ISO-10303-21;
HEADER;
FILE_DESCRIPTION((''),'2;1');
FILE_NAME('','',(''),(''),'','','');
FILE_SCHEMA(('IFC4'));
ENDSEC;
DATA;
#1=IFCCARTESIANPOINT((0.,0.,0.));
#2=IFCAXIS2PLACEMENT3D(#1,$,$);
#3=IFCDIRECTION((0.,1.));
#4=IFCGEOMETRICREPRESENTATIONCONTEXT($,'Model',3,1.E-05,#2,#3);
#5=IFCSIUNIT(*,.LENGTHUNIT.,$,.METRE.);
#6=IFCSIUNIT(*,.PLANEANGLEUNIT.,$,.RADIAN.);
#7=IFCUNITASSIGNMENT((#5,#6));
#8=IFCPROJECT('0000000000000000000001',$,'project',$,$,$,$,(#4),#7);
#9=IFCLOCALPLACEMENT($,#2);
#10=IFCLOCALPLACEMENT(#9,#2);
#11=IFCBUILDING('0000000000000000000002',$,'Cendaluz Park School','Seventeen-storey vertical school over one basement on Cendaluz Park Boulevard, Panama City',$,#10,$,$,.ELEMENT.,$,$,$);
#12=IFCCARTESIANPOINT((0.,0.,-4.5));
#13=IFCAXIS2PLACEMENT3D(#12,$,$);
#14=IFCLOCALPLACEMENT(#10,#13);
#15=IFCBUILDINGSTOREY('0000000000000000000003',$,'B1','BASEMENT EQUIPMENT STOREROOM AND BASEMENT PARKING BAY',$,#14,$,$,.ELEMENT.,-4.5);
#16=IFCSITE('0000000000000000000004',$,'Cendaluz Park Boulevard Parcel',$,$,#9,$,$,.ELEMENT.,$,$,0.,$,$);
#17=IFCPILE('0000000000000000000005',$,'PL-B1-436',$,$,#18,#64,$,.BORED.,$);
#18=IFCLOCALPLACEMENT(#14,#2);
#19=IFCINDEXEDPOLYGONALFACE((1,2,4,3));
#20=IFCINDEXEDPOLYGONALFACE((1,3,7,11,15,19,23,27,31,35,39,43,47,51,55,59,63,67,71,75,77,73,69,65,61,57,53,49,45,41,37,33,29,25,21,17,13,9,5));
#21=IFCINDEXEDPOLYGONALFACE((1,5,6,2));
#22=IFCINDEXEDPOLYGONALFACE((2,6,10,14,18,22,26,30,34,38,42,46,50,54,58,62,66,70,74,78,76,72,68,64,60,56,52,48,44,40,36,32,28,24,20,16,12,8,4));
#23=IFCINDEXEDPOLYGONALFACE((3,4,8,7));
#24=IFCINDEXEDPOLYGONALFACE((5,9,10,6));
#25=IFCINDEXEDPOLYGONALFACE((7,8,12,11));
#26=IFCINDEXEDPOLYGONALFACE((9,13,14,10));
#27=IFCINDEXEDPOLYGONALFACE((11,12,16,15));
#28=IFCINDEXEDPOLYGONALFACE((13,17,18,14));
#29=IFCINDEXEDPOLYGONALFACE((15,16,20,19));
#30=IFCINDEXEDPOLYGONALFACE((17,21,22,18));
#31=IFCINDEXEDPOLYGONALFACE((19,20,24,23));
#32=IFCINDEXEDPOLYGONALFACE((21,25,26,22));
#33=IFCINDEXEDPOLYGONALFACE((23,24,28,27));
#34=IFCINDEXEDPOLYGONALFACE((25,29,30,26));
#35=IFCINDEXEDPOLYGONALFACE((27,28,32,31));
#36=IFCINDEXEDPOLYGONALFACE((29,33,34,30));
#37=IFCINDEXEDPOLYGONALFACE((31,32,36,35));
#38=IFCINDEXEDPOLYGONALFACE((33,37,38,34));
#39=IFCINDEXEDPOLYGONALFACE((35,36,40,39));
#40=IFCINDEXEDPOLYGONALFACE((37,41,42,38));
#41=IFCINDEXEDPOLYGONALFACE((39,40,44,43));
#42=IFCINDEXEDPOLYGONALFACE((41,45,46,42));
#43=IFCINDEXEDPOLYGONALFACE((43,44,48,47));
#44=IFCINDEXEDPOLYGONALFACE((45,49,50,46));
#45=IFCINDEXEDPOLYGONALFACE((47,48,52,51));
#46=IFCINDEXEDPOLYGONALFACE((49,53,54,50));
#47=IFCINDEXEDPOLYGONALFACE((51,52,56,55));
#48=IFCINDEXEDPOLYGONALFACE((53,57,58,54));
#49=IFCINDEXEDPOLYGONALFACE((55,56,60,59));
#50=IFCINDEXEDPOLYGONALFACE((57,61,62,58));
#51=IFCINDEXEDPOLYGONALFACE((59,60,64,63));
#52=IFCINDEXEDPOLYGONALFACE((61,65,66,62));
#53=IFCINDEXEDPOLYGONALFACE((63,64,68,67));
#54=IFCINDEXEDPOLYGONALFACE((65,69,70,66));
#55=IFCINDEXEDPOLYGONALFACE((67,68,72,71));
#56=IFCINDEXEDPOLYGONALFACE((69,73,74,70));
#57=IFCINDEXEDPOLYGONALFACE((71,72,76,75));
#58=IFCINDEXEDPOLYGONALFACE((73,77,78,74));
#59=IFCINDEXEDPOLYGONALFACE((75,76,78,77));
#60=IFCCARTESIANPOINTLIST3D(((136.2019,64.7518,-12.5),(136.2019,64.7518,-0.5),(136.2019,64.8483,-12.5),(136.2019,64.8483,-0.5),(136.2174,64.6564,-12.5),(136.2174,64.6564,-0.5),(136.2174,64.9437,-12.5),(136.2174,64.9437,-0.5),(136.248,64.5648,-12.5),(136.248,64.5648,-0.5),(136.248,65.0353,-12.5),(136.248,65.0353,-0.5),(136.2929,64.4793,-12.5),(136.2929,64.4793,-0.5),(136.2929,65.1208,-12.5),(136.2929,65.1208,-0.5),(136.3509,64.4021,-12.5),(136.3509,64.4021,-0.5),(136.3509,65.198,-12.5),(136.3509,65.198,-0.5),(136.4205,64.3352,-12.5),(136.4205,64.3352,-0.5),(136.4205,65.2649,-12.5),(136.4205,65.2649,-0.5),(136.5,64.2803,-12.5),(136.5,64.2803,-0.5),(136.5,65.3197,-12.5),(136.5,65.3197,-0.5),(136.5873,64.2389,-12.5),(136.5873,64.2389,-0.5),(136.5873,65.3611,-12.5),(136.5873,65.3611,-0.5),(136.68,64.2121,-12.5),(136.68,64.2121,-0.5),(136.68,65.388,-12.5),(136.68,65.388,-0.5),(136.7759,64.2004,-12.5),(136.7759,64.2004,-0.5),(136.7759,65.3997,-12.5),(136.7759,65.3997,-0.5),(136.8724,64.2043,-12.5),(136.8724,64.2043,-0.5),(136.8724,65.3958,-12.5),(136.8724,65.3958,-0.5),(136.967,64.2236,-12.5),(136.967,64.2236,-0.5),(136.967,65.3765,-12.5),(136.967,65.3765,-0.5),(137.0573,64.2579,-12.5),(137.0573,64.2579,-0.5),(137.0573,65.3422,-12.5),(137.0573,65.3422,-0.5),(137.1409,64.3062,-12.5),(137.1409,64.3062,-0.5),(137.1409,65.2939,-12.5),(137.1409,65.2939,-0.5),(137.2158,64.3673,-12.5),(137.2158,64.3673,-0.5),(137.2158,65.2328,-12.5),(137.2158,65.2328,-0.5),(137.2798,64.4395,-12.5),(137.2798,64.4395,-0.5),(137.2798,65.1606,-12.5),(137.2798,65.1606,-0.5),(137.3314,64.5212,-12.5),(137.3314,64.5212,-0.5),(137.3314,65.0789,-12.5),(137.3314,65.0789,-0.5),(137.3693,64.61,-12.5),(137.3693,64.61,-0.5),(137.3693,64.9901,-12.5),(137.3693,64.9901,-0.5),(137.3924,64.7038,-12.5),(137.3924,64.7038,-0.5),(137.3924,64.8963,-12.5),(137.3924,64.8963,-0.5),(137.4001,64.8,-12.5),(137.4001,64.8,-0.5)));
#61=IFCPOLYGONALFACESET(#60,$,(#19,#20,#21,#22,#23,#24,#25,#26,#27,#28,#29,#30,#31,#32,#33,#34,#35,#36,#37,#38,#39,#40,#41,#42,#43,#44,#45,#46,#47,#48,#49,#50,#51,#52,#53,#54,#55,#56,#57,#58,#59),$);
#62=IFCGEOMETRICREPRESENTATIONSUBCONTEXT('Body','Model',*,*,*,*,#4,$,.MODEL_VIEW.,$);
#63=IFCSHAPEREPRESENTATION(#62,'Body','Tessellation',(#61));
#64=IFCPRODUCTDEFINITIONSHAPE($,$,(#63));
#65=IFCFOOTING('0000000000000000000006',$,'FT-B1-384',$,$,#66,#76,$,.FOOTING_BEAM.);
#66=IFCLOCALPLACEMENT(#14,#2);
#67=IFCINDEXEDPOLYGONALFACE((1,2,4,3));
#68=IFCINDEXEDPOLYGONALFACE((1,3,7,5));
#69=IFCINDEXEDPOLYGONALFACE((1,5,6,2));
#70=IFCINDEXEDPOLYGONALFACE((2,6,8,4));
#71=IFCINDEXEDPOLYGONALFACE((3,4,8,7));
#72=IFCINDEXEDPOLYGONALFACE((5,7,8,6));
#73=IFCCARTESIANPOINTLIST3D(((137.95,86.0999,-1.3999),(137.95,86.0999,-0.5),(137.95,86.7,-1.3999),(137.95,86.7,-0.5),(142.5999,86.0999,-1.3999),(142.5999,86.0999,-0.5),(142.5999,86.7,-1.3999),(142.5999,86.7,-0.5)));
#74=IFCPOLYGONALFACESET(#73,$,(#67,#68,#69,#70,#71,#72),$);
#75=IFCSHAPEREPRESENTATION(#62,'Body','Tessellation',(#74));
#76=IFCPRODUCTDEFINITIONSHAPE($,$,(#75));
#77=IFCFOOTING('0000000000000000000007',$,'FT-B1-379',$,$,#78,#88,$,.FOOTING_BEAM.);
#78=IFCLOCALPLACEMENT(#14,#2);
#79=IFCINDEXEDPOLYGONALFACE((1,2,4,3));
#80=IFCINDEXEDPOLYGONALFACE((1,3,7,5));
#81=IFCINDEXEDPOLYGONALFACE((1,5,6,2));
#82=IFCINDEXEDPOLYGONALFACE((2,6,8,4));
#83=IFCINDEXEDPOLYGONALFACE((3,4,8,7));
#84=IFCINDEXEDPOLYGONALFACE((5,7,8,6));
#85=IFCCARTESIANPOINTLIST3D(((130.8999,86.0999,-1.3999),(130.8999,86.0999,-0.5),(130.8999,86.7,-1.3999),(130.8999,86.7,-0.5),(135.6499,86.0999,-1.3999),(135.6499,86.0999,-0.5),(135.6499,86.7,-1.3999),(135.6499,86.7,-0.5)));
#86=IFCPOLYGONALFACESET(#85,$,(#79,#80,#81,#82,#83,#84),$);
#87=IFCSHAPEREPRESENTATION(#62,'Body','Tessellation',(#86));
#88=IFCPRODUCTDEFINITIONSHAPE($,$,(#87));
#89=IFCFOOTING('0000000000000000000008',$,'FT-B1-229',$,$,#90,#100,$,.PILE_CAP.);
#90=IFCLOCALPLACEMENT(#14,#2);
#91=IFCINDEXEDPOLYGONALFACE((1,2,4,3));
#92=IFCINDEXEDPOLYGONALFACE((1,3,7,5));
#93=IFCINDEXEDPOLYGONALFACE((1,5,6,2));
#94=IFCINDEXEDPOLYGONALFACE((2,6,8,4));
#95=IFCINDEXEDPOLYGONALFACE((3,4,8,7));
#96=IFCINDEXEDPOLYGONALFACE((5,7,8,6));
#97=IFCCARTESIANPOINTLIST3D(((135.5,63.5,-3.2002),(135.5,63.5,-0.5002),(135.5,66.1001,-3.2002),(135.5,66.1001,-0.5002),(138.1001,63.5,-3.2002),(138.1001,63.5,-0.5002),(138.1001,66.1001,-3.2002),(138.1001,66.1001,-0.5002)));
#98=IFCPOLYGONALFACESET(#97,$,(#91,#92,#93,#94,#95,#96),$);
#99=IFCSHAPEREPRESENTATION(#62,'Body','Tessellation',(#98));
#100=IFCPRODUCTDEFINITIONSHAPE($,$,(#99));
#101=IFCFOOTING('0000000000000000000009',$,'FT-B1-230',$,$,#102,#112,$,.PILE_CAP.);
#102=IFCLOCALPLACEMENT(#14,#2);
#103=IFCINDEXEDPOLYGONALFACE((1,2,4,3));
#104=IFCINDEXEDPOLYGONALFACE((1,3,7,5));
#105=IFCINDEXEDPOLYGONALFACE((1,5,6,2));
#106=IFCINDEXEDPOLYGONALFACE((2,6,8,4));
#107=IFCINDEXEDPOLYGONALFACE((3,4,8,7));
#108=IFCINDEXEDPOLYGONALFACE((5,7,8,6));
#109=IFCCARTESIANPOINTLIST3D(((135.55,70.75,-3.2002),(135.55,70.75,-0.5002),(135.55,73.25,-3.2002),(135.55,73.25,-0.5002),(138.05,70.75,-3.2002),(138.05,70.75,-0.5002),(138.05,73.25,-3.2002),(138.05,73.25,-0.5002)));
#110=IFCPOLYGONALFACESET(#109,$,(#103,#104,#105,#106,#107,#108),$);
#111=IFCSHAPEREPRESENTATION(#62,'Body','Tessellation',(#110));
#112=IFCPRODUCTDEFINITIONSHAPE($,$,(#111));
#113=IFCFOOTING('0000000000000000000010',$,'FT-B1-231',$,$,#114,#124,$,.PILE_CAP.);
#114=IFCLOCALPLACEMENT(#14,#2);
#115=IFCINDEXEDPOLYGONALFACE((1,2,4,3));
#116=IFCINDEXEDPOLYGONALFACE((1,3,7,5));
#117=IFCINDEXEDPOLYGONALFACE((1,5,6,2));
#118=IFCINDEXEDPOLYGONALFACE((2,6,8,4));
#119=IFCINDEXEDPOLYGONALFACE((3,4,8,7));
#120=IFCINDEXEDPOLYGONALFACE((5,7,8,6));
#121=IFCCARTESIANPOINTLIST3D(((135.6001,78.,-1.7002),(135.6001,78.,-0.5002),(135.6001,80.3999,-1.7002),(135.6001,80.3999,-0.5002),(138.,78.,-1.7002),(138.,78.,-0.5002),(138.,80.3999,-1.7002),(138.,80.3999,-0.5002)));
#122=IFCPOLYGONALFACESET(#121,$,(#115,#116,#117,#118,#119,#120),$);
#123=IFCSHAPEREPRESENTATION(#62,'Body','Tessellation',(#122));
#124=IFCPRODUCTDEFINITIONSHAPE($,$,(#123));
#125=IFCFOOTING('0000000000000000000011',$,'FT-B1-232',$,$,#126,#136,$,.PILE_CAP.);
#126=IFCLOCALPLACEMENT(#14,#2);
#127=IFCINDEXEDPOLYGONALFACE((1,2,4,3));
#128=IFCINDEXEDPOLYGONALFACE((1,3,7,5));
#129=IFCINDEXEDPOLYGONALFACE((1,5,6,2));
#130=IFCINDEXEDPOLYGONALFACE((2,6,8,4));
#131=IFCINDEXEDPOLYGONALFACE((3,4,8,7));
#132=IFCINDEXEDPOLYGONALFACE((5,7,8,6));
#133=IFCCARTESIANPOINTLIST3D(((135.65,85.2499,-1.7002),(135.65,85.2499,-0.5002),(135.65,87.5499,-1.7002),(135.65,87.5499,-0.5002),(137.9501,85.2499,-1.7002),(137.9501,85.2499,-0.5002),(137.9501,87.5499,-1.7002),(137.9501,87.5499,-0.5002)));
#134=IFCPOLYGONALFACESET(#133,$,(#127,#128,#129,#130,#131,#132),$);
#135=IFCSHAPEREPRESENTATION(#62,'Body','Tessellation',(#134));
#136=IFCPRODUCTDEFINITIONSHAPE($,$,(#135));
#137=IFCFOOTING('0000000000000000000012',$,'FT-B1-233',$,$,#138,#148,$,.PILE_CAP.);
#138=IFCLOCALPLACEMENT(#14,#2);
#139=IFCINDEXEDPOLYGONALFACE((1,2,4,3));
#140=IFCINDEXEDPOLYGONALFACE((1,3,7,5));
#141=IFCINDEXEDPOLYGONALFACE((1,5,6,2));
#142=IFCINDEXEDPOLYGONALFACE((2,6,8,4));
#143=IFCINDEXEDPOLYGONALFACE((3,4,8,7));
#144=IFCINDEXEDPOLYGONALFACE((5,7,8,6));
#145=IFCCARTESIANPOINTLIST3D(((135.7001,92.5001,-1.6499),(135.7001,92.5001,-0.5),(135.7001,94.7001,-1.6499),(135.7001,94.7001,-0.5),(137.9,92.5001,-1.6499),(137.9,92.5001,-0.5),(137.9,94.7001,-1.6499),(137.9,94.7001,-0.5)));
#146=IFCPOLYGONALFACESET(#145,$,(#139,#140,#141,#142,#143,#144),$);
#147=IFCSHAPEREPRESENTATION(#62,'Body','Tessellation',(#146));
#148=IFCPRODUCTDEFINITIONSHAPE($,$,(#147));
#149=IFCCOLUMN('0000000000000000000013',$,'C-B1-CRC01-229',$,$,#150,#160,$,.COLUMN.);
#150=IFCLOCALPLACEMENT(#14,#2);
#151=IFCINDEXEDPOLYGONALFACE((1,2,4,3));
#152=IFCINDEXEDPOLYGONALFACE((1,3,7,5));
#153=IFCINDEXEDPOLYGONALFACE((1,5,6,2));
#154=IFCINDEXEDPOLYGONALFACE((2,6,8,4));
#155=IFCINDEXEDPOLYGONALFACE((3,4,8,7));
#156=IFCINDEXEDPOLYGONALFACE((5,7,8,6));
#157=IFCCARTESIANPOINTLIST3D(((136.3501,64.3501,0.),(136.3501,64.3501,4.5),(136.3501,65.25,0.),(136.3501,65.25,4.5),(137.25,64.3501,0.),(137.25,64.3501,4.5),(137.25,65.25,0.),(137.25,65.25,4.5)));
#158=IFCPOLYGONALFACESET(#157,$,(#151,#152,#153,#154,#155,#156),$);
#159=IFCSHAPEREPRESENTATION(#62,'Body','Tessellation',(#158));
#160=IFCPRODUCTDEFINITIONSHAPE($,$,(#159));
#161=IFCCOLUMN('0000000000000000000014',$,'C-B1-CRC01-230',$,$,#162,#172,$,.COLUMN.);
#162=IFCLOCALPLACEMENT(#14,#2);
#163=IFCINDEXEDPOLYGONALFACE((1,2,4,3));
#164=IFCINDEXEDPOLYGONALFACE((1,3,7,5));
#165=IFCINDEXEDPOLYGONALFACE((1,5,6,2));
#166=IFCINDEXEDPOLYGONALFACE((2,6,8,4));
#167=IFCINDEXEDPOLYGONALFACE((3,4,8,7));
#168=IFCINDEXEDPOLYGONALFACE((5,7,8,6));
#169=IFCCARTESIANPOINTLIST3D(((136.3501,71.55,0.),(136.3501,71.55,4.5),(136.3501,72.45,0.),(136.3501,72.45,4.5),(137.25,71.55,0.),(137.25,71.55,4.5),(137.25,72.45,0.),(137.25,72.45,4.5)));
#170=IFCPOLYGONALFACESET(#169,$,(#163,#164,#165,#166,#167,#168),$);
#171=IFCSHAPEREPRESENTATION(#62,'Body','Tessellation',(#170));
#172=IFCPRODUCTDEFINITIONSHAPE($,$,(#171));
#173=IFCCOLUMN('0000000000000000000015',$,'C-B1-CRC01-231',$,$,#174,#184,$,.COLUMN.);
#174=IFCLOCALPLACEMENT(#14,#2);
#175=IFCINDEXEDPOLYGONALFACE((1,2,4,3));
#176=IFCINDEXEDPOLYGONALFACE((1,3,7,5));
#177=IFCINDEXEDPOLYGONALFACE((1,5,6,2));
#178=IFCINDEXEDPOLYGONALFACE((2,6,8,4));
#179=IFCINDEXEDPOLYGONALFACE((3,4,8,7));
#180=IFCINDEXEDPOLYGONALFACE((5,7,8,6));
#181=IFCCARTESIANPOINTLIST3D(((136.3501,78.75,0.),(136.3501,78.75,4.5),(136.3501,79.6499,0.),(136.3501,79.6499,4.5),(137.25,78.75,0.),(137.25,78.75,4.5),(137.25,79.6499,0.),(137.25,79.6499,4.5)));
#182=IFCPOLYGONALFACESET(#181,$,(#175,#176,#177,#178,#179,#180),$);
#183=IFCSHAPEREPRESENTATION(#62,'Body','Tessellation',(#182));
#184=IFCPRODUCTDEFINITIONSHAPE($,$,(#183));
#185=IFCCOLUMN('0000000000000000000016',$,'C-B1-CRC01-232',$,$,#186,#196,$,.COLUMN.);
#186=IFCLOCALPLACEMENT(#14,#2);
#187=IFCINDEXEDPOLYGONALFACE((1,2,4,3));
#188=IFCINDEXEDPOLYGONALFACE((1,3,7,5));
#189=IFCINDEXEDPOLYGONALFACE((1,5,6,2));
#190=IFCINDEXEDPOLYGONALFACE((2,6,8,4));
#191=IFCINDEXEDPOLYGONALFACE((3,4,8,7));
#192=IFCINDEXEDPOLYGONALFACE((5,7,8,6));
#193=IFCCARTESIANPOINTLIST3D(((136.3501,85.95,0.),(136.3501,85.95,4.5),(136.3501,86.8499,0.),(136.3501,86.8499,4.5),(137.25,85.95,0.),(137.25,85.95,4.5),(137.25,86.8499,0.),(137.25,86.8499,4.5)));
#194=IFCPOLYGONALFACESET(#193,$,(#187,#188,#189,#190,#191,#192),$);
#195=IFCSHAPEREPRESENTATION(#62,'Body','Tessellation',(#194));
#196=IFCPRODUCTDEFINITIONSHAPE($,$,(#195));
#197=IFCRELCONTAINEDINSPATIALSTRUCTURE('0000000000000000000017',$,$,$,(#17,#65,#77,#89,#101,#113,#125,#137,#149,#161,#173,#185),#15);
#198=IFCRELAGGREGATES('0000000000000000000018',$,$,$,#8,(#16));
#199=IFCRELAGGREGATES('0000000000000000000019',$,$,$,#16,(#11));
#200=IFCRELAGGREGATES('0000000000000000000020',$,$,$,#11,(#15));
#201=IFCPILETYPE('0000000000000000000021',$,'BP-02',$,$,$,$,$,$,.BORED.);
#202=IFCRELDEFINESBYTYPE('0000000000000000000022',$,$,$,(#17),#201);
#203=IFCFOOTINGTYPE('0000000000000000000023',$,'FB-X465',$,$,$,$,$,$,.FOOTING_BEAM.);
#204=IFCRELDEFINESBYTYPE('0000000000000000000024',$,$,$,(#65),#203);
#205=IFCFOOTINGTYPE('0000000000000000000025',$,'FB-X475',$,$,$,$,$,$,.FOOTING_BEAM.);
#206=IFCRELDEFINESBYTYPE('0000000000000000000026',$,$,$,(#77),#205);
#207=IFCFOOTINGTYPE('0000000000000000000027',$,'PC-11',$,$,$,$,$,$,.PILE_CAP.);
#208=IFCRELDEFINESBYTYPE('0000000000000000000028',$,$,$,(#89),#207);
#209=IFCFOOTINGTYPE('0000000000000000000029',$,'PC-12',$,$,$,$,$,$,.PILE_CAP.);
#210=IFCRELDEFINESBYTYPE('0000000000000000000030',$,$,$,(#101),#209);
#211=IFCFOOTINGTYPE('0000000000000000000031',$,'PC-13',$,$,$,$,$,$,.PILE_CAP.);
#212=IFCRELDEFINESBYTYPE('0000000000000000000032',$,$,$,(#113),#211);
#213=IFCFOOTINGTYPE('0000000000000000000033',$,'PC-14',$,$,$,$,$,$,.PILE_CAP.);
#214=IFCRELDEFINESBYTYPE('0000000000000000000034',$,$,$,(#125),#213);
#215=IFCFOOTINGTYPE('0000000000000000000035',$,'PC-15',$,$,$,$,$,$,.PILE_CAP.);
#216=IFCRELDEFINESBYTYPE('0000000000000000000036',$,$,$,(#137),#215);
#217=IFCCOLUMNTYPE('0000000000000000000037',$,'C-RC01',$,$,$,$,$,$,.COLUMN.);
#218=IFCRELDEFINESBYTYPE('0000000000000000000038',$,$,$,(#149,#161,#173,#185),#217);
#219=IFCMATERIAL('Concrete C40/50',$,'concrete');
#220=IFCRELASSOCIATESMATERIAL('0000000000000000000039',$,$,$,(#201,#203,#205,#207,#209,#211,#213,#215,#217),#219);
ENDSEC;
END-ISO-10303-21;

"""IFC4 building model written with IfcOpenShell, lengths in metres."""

from ifc_helpers import new_model, si_unit, direction, frame, origin, origin_2d, place, context, subcontext, project, spatial, rectangle, circle, extrude, material, material_profile, profile_set, type_object, element, save


model = new_model("IFC4")

# Units and contexts
model_context = context("Model", 3, precision=1e-05, world=origin(), true_north=direction((0.0, 1.0)))
body_context = subcontext(model_context, "Body", "Model", "MODEL_VIEW")
ifc_project = project(units=[si_unit("LENGTHUNIT", "METRE"), si_unit("PLANEANGLEUNIT", "RADIAN")], contexts=[model_context])

# Site, building, storey
site_placement = place(None, origin())
site = spatial("IfcSite", under=ifc_project, at=site_placement, Name="Cendaluz Park Boulevard Parcel", CompositionType="ELEMENT", RefElevation=0.0)
building_placement = place(site_placement, origin())
building = spatial("IfcBuilding", under=site, at=building_placement, Name="Cendaluz Park School", Description="Seventeen-storey vertical school over one basement on Cendaluz Park Boulevard, Panama City", CompositionType="ELEMENT")
storey_placement = place(building_placement, frame((0.0, 0.0, -4.5)))
storey = spatial("IfcBuildingStorey", under=building, at=storey_placement, Name="B1", Description="BASEMENT EQUIPMENT STOREROOM AND BASEMENT PARKING BAY", CompositionType="ELEMENT", Elevation=-4.5)

# Pile
ifc_material_1 = material(Name="Concrete C40/50", Category="concrete")
ifc_material_profile_1 = material_profile(ifc_material_1, circle(Radius=0.6001, at=origin_2d()), Name="BP D1200", Category="concrete")
ifc_profile_set_1 = profile_set([ifc_material_profile_1], Name="Concrete C40/50")
pile_type_1 = type_object("IfcPileType", Name="BP-02", PredefinedType="BORED", material=ifc_profile_set_1)
pile_placement = place(storey_placement, frame((136.8, 64.8, -0.5), z_axis=(0.0, 0.0, -1.0), x_axis=(1.0, 0.0, 0.0)))
element("IfcPile", 1, at=pile_placement, inside=storey, type_object=pile_type_1, Name="PL-B1-436", PredefinedType="BORED", context=body_context, shape_type="SweptSolid", body=[
    extrude(circle(Radius=0.6001, at=origin_2d()), origin(), (0.0, 0.0, 1.0), 12.0),
])

# Footings
footing_type_1 = type_object("IfcFootingType", Name="FB-X465", PredefinedType="FOOTING_BEAM", material=ifc_material_1)
footing_1_placement = place(storey_placement, frame((140.2749, 86.3999, -1.3999), z_axis=(0.0, 0.0, 1.0), x_axis=(1.0, 0.0, 0.0)))
element("IfcFooting", 2, at=footing_1_placement, inside=storey, type_object=footing_type_1, Name="FT-B1-384", PredefinedType="FOOTING_BEAM", context=body_context, shape_type="SweptSolid", body=[
    extrude(rectangle(XDim=4.6499, YDim=0.6001, at=origin_2d()), origin(), (0.0, 0.0, 1.0), 0.8999),
])
footing_type_2 = type_object("IfcFootingType", Name="FB-X475", PredefinedType="FOOTING_BEAM", material=ifc_material_1)
footing_2_placement = place(storey_placement, frame((133.2749, 86.3999, -1.3999), z_axis=(0.0, 0.0, 1.0), x_axis=(1.0, 0.0, 0.0)))
element("IfcFooting", 3, at=footing_2_placement, inside=storey, type_object=footing_type_2, Name="FT-B1-379", PredefinedType="FOOTING_BEAM", context=body_context, shape_type="SweptSolid", body=[
    extrude(rectangle(XDim=4.75, YDim=0.6001, at=origin_2d()), origin(), (0.0, 0.0, 1.0), 0.8999),
])
footing_type_3 = type_object("IfcFootingType", Name="PC-11", PredefinedType="PILE_CAP", material=ifc_material_1)
footing_3_placement = place(storey_placement, frame((136.8, 64.8, -3.2002), z_axis=(0.0, 0.0, 1.0), x_axis=(1.0, 0.0, 0.0)))
element("IfcFooting", 4, at=footing_3_placement, inside=storey, type_object=footing_type_3, Name="FT-B1-229", PredefinedType="PILE_CAP", context=body_context, shape_type="SweptSolid", body=[
    extrude(rectangle(XDim=2.6001, YDim=2.6001, at=origin_2d()), origin(), (0.0, 0.0, 1.0), 2.7),
])
footing_type_4 = type_object("IfcFootingType", Name="PC-12", PredefinedType="PILE_CAP", material=ifc_material_1)
footing_4_placement = place(storey_placement, frame((136.8, 72.0, -3.2002), z_axis=(0.0, 0.0, 1.0), x_axis=(1.0, 0.0, 0.0)))
element("IfcFooting", 5, at=footing_4_placement, inside=storey, type_object=footing_type_4, Name="FT-B1-230", PredefinedType="PILE_CAP", context=body_context, shape_type="SweptSolid", body=[
    extrude(rectangle(XDim=2.5, YDim=2.5, at=origin_2d()), origin(), (0.0, 0.0, 1.0), 2.7),
])
footing_type_5 = type_object("IfcFootingType", Name="PC-13", PredefinedType="PILE_CAP", material=ifc_material_1)
footing_5_placement = place(storey_placement, frame((136.8, 79.2, -1.7002), z_axis=(0.0, 0.0, 1.0), x_axis=(1.0, 0.0, 0.0)))
element("IfcFooting", 6, at=footing_5_placement, inside=storey, type_object=footing_type_5, Name="FT-B1-231", PredefinedType="PILE_CAP", context=body_context, shape_type="SweptSolid", body=[
    extrude(rectangle(XDim=2.3999, YDim=2.3999, at=origin_2d()), origin(), (0.0, 0.0, 1.0), 1.2),
])
footing_type_6 = type_object("IfcFootingType", Name="PC-14", PredefinedType="PILE_CAP", material=ifc_material_1)
footing_6_placement = place(storey_placement, frame((136.8, 86.3999, -1.7002), z_axis=(0.0, 0.0, 1.0), x_axis=(1.0, 0.0, 0.0)))
element("IfcFooting", 7, at=footing_6_placement, inside=storey, type_object=footing_type_6, Name="FT-B1-232", PredefinedType="PILE_CAP", context=body_context, shape_type="SweptSolid", body=[
    extrude(rectangle(XDim=2.3, YDim=2.3, at=origin_2d()), origin(), (0.0, 0.0, 1.0), 1.2),
])
footing_type_7 = type_object("IfcFootingType", Name="PC-15", PredefinedType="PILE_CAP", material=ifc_material_1)
footing_7_placement = place(storey_placement, frame((136.8, 93.6001, -1.6499), z_axis=(0.0, 0.0, 1.0), x_axis=(1.0, 0.0, 0.0)))
element("IfcFooting", 8, at=footing_7_placement, inside=storey, type_object=footing_type_7, Name="FT-B1-233", PredefinedType="PILE_CAP", context=body_context, shape_type="SweptSolid", body=[
    extrude(rectangle(XDim=2.2, YDim=2.2, at=origin_2d()), origin(), (0.0, 0.0, 1.0), 1.1499),
])

# Columns
ifc_material_profile_2 = material_profile(ifc_material_1, rectangle(XDim=0.8999, YDim=0.8999, at=origin_2d()), Name="RC 900x900", Category="concrete")
ifc_profile_set_2 = profile_set([ifc_material_profile_2], Name="Concrete C40/50")
column_type = type_object("IfcColumnType", Name="C-RC01", PredefinedType="COLUMN", material=ifc_profile_set_2)
for number, where, z_axis, x_axis, name in (
    (9, (136.8, 64.8, 0.0), (0.0, 0.0, 1.0), (1.0, 0.0, 0.0), "C-B1-CRC01-229"),
    (10, (136.8, 72.0, 0.0), (0.0, 0.0, 1.0), (1.0, 0.0, 0.0), "C-B1-CRC01-230"),
    (11, (136.8, 79.2, 0.0), (0.0, 0.0, 1.0), (1.0, 0.0, 0.0), "C-B1-CRC01-231"),
    (12, (136.8, 86.3999, 0.0), (0.0, 0.0, 1.0), (1.0, 0.0, 0.0), "C-B1-CRC01-232"),
):
    element("IfcColumn", number, at=place(storey_placement, frame(where, z_axis=z_axis, x_axis=x_axis)), inside=storey, type_object=column_type, Name=name, PredefinedType="COLUMN", context=body_context, shape_type="SweptSolid", body=[
        extrude(rectangle(XDim=0.8999, YDim=0.8999, at=origin_2d()), origin(), (0.0, 0.0, 1.0), 4.5),
    ])

save(model, "model.ifc")
